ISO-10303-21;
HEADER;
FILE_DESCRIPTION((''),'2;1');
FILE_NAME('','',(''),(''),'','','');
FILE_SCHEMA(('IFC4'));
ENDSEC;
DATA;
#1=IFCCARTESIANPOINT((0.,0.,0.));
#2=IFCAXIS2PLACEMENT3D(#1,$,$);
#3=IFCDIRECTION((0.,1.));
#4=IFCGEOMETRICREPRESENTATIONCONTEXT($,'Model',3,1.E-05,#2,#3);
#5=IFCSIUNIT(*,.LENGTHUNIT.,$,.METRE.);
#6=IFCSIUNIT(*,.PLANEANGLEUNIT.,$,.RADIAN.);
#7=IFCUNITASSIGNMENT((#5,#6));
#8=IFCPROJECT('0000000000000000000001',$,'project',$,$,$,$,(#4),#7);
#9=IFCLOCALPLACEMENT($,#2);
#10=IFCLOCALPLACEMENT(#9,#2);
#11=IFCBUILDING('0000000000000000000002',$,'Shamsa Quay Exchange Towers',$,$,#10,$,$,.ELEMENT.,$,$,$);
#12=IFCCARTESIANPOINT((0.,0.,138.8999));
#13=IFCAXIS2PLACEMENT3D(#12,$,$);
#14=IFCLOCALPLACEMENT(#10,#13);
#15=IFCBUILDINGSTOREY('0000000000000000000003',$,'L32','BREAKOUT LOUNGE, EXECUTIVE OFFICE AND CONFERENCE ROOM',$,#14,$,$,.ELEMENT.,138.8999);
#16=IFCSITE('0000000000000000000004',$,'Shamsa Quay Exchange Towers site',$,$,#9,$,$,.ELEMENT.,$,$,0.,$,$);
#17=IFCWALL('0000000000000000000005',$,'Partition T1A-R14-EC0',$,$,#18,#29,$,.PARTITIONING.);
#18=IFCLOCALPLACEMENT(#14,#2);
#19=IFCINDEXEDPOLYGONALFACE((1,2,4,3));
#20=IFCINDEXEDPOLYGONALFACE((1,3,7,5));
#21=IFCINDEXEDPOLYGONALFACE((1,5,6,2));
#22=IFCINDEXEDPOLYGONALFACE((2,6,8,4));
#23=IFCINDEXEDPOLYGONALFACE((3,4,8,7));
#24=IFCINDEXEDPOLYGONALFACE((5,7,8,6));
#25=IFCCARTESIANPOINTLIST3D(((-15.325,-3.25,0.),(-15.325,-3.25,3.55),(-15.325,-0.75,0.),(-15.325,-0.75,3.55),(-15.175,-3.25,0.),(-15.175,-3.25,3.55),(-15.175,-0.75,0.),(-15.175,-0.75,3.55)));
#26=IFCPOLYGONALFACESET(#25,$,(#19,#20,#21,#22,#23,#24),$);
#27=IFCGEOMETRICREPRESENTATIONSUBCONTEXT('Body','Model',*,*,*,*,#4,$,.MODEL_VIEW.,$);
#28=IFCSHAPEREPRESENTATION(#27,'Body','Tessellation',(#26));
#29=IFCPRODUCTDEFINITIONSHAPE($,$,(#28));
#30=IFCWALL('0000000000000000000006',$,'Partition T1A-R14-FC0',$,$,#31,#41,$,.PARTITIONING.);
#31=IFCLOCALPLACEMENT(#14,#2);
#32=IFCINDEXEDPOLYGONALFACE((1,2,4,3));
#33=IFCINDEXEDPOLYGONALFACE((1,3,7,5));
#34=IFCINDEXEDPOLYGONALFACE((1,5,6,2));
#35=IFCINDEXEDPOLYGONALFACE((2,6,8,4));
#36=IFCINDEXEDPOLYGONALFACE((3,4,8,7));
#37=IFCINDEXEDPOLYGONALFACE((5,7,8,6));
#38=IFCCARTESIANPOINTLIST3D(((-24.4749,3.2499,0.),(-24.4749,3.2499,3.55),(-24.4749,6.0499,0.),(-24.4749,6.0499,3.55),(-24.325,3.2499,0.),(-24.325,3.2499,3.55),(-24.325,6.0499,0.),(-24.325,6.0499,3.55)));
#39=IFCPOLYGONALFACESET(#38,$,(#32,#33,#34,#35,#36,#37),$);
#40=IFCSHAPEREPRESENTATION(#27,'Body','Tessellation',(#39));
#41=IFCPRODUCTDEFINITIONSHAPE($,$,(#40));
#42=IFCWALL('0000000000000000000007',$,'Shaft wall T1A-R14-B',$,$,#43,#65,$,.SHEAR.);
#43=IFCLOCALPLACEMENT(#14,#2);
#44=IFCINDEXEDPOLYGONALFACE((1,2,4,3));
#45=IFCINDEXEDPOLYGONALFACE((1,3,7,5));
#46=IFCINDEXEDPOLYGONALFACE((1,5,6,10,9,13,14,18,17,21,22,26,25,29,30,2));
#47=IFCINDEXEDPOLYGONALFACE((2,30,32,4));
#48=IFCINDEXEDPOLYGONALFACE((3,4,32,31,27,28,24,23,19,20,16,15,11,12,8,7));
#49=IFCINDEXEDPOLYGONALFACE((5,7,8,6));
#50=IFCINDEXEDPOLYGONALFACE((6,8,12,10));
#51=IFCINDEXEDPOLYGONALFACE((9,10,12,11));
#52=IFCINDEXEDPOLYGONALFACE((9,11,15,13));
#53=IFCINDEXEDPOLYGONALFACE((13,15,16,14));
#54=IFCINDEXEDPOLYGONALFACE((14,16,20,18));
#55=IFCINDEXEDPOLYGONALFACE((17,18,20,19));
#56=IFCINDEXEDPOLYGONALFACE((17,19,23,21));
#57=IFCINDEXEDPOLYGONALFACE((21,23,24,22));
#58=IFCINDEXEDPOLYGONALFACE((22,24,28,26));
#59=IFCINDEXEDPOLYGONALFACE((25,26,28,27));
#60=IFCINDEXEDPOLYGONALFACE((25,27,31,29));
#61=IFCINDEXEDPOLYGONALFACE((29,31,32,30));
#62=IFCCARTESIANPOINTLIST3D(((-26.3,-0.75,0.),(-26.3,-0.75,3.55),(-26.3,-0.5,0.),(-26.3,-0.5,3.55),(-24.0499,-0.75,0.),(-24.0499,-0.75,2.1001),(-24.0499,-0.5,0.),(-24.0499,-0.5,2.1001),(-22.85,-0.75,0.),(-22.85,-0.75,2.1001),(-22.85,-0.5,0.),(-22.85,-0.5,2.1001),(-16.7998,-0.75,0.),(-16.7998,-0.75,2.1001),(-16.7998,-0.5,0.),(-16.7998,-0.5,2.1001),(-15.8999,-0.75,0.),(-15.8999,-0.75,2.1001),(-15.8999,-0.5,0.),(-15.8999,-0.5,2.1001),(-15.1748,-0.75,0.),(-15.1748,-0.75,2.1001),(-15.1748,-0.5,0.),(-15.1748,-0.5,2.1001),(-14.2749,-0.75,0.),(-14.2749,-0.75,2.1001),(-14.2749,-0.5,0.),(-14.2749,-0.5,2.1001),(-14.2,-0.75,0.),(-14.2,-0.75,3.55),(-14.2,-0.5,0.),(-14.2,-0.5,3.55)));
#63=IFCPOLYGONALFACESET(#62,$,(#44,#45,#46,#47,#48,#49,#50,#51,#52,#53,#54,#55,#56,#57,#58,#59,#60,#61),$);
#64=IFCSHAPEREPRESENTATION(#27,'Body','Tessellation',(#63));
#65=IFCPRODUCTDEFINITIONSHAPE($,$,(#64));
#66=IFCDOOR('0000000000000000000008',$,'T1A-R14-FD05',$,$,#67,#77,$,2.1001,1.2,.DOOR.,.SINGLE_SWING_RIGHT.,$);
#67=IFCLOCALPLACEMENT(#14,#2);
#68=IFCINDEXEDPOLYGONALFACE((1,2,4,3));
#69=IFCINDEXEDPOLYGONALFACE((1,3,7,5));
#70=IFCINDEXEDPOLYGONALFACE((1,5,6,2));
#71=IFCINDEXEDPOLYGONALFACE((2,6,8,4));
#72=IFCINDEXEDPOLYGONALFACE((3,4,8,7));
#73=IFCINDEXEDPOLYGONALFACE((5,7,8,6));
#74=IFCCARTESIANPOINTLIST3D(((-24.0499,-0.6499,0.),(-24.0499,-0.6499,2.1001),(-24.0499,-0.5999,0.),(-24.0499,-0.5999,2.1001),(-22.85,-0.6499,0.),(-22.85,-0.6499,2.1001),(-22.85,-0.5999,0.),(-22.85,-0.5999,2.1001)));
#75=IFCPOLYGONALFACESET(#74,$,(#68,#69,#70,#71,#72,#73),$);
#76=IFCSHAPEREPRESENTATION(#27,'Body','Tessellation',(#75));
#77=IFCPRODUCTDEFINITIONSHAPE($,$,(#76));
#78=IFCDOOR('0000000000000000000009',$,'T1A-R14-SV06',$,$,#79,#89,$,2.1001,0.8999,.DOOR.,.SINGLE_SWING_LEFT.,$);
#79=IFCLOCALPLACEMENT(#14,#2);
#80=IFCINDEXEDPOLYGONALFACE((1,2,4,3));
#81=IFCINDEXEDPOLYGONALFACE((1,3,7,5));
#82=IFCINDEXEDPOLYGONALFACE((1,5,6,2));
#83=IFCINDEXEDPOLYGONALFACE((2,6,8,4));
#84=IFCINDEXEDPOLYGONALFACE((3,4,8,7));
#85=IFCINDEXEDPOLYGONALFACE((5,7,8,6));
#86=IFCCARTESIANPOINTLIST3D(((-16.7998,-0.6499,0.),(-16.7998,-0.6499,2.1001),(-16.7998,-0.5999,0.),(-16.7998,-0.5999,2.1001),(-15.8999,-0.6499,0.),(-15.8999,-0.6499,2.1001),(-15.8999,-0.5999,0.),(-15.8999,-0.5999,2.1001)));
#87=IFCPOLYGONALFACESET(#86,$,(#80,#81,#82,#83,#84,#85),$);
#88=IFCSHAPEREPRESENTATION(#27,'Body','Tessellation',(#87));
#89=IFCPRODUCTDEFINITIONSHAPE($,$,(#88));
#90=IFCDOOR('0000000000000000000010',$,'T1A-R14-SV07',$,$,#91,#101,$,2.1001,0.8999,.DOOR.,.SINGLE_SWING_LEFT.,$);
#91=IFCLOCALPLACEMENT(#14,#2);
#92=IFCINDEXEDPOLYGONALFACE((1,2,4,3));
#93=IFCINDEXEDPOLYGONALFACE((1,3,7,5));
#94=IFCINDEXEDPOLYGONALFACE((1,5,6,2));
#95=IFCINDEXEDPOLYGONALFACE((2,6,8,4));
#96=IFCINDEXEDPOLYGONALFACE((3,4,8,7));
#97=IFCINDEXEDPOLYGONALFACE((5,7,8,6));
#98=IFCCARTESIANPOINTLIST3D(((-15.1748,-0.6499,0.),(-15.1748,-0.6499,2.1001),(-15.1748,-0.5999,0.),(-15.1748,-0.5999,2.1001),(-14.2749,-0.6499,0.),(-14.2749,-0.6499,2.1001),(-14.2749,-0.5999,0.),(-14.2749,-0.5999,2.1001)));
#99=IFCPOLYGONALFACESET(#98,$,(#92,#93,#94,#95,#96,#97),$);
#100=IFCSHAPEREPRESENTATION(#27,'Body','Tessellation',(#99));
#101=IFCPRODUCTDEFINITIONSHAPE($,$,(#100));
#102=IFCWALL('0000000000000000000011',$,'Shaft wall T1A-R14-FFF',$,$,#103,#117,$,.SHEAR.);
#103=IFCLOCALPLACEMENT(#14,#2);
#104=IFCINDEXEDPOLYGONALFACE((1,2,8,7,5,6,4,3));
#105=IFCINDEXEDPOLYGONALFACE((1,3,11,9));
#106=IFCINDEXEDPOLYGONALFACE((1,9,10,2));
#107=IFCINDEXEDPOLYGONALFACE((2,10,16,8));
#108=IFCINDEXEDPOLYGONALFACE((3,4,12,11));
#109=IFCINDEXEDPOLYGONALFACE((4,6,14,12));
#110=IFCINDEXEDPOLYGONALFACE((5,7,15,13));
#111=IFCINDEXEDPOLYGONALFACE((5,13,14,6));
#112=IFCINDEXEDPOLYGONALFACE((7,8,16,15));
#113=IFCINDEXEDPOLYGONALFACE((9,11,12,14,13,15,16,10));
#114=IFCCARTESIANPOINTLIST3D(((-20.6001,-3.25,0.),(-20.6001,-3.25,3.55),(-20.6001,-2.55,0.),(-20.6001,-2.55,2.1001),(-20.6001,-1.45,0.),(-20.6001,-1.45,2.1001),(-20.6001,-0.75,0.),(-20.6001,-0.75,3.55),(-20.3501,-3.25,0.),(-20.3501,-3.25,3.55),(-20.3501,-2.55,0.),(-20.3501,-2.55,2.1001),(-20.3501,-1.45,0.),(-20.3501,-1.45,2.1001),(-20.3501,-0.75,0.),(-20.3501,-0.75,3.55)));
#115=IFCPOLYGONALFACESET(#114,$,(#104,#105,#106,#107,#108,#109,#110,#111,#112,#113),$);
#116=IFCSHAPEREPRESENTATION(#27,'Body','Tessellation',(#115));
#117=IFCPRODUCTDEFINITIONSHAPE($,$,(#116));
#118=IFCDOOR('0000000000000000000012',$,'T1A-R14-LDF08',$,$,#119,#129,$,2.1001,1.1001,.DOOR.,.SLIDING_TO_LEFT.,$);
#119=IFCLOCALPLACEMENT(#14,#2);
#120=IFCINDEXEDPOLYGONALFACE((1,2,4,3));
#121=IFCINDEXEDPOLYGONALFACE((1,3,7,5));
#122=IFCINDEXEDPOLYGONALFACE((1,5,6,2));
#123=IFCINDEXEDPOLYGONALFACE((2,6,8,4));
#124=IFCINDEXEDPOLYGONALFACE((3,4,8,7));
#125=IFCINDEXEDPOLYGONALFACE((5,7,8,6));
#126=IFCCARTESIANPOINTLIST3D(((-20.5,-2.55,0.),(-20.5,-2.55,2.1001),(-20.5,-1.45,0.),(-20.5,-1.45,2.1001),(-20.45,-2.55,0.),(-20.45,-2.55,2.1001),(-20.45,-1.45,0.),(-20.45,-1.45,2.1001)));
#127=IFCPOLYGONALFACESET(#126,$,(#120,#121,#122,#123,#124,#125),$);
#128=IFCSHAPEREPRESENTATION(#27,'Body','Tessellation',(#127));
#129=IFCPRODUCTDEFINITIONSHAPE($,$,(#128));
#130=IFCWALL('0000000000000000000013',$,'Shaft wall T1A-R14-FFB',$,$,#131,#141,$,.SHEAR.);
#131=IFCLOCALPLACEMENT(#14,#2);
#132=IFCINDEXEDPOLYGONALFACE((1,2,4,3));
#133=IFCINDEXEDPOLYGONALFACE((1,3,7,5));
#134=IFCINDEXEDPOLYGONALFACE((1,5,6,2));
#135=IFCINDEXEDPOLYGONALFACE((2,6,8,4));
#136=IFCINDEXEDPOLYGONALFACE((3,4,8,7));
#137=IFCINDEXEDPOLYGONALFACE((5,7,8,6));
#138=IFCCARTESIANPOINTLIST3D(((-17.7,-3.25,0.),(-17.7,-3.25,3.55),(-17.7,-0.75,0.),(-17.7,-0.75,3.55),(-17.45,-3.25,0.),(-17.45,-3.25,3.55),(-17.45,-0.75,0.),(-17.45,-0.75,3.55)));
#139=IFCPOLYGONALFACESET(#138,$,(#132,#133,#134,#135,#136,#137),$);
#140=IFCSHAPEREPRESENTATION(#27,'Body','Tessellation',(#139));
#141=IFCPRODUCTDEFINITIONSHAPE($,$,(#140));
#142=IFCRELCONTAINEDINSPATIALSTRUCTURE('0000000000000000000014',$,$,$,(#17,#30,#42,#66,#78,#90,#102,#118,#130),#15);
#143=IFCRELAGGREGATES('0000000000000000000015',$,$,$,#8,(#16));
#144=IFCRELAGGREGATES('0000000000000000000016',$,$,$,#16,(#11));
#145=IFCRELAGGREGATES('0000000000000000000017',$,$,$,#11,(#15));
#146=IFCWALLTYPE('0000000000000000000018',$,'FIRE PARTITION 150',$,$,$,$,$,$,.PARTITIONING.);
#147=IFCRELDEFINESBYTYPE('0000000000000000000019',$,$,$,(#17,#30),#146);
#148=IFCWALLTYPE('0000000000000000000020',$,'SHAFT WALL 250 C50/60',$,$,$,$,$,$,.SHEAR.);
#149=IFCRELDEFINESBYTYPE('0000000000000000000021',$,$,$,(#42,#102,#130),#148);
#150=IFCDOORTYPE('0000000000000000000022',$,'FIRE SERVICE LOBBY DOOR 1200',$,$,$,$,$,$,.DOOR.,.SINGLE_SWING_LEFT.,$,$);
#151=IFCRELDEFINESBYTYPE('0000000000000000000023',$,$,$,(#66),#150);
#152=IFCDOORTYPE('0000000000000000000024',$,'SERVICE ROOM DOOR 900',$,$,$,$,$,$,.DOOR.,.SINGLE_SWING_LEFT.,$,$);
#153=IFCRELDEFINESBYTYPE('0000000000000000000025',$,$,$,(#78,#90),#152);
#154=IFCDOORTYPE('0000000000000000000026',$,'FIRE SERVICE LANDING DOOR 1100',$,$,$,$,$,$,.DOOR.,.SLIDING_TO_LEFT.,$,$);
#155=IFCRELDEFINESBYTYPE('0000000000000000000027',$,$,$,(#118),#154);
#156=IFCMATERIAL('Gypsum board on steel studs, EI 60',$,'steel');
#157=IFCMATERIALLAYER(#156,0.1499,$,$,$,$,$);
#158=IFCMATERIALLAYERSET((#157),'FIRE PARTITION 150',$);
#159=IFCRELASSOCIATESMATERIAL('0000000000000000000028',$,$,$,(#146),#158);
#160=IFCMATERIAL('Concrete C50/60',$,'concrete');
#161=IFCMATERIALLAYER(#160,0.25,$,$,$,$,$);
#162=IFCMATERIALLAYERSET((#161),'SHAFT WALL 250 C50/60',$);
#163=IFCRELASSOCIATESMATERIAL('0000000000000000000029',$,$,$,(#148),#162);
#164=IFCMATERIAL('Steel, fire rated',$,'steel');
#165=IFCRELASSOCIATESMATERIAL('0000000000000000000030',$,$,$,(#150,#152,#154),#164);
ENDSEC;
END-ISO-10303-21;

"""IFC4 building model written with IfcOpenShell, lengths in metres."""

from ifc_helpers import new_model, si_unit, direction, frame, frame_2d, origin, place, context, subcontext, project, spatial, rectangle, extrude, material, layer, layer_set, type_object, element, fill, save


model = new_model("IFC4")

# Units and contexts
model_context = context("Model", 3, precision=1e-05, world=origin(), true_north=direction((0.0, 1.0)))
body_context = subcontext(model_context, "Body", "Model", "MODEL_VIEW")
ifc_project = project(units=[si_unit("LENGTHUNIT", "METRE"), si_unit("PLANEANGLEUNIT", "RADIAN")], contexts=[model_context])

# Site, building, storey
site_placement = place(None, origin())
site = spatial("IfcSite", under=ifc_project, at=site_placement, Name="Shamsa Quay Exchange Towers site", CompositionType="ELEMENT", RefElevation=0.0)
building_placement = place(site_placement, origin())
building = spatial("IfcBuilding", under=site, at=building_placement, Name="Shamsa Quay Exchange Towers", CompositionType="ELEMENT")
storey_placement = place(building_placement, frame((0.0, 0.0, 138.8999)))
storey = spatial("IfcBuildingStorey", under=building, at=storey_placement, Name="L32", Description="BREAKOUT LOUNGE, EXECUTIVE OFFICE AND CONFERENCE ROOM", CompositionType="ELEMENT", Elevation=138.8999)

# Shared definitions
ifc_material_1 = material(Name="Steel, fire rated", Category="steel")

# Walls
ifc_material_2 = material(Name="Gypsum board on steel studs, EI 60", Category="steel")
ifc_layer_1 = layer(ifc_material_2, 0.1499)
ifc_layer_set_1 = layer_set([ifc_layer_1], Name="FIRE PARTITION 150")
wall_type_1 = type_object("IfcWallType", Name="FIRE PARTITION 150", PredefinedType="PARTITIONING", material=ifc_layer_set_1)
wall_1_placement = place(storey_placement, frame((-15.25, -3.25, 0.0), z_axis=(0.0, 0.0, 1.0), x_axis=(0.0, 1.0, 0.0)))
element("IfcWall", 1, at=wall_1_placement, inside=storey, type_object=wall_type_1, Name="Partition T1A-R14-EC0", PredefinedType="PARTITIONING", context=body_context, shape_type="SweptSolid", body=[
    extrude(rectangle(XDim=2.5, YDim=0.1499, at=frame_2d((1.25, 0.0))), origin(), (0.0, 0.0, 1.0), 3.55),
])
wall_2_placement = place(storey_placement, frame((-24.3999, 3.25, 0.0), z_axis=(0.0, 0.0, 1.0), x_axis=(0.0, 1.0, 0.0)))
element("IfcWall", 2, at=wall_2_placement, inside=storey, type_object=wall_type_1, Name="Partition T1A-R14-FC0", PredefinedType="PARTITIONING", context=body_context, shape_type="SweptSolid", body=[
    extrude(rectangle(XDim=2.8, YDim=0.1499, at=frame_2d((1.3999, 0.0))), origin(), (0.0, 0.0, 1.0), 3.55),
])

# Wall, openings, doors
ifc_material_3 = material(Name="Concrete C50/60", Category="concrete")
ifc_layer_2 = layer(ifc_material_3, 0.25)
ifc_layer_set_2 = layer_set([ifc_layer_2], Name="SHAFT WALL 250 C50/60")
wall_type_2 = type_object("IfcWallType", Name="SHAFT WALL 250 C50/60", PredefinedType="SHEAR", material=ifc_layer_set_2)
wall_3_placement = place(storey_placement, frame((-14.2, -0.625, 0.0), z_axis=(0.0, 0.0, 1.0), x_axis=(-1.0, 0.0, 0.0)))
wall_3 = element("IfcWall", 3, at=wall_3_placement, inside=storey, type_object=wall_type_2, Name="Shaft wall T1A-R14-B", PredefinedType="SHEAR", context=body_context, shape_type="SweptSolid", body=[
    extrude(rectangle(XDim=12.1001, YDim=0.25, at=frame_2d((6.05, 0.0))), origin(), (0.0, 0.0, 1.0), 3.55),
])
opening_1_placement = place(wall_3_placement, frame((8.6499, 0.0, 0.0)))
opening_1 = element("IfcOpeningElement", 4, at=opening_1_placement, cuts=wall_3, PredefinedType="OPENING", context=body_context, shape_type="SweptSolid", body=[
    extrude(rectangle(XDim=1.2, YDim=2.1001, at=frame_2d((0.6001, 1.05))), frame((0.0, 0.135, 0.0), z_axis=(0.0, -1.0, 0.0), x_axis=(1.0, 0.0, 0.0)), (0.0, 0.0, 1.0), 0.27),
])
opening_2_placement = place(wall_3_placement, frame((1.7, 0.0, 0.0)))
opening_2 = element("IfcOpeningElement", 5, at=opening_2_placement, cuts=wall_3, PredefinedType="OPENING", context=body_context, shape_type="SweptSolid", body=[
    extrude(rectangle(XDim=0.8999, YDim=2.1001, at=frame_2d((0.45, 1.05))), frame((0.0, 0.135, 0.0), z_axis=(0.0, -1.0, 0.0), x_axis=(1.0, 0.0, 0.0)), (0.0, 0.0, 1.0), 0.27),
])
opening_3_placement = place(wall_3_placement, frame((0.075, 0.0, 0.0)))
opening_3 = element("IfcOpeningElement", 6, at=opening_3_placement, cuts=wall_3, PredefinedType="OPENING", context=body_context, shape_type="SweptSolid", body=[
    extrude(rectangle(XDim=0.8999, YDim=2.1001, at=frame_2d((0.45, 1.05))), frame((0.0, 0.135, 0.0), z_axis=(0.0, -1.0, 0.0), x_axis=(1.0, 0.0, 0.0)), (0.0, 0.0, 1.0), 0.27),
])
door_type_1 = type_object("IfcDoorType", Name="FIRE SERVICE LOBBY DOOR 1200", OperationType="SINGLE_SWING_LEFT", PredefinedType="DOOR", material=ifc_material_1)
door_1_placement = place(opening_1_placement, origin())
door_1 = element("IfcDoor", 7, at=door_1_placement, inside=storey, type_object=door_type_1, Name="T1A-R14-FD05", OperationType="SINGLE_SWING_RIGHT", OverallHeight=2.1001, OverallWidth=1.2, PredefinedType="DOOR", context=body_context, shape_type="SweptSolid", body=[
    extrude(rectangle(XDim=1.2, YDim=2.1001, at=frame_2d((0.6001, 1.05))), frame((0.0, 0.0249, 0.0), z_axis=(0.0, -1.0, 0.0), x_axis=(1.0, 0.0, 0.0)), (0.0, 0.0, 1.0), 0.05),
])
fill(opening_1, door_1)
door_type_2 = type_object("IfcDoorType", Name="SERVICE ROOM DOOR 900", OperationType="SINGLE_SWING_LEFT", PredefinedType="DOOR", material=ifc_material_1)
door_2_placement = place(opening_2_placement, origin())
door_2 = element("IfcDoor", 8, at=door_2_placement, inside=storey, type_object=door_type_2, Name="T1A-R14-SV06", OperationType="SINGLE_SWING_LEFT", OverallHeight=2.1001, OverallWidth=0.8999, PredefinedType="DOOR", context=body_context, shape_type="SweptSolid", body=[
    extrude(rectangle(XDim=0.8999, YDim=2.1001, at=frame_2d((0.45, 1.05))), frame((0.0, 0.0249, 0.0), z_axis=(0.0, -1.0, 0.0), x_axis=(1.0, 0.0, 0.0)), (0.0, 0.0, 1.0), 0.05),
])
fill(opening_2, door_2)
door_3_placement = place(opening_3_placement, origin())
door_3 = element("IfcDoor", 9, at=door_3_placement, inside=storey, type_object=door_type_2, Name="T1A-R14-SV07", OperationType="SINGLE_SWING_LEFT", OverallHeight=2.1001, OverallWidth=0.8999, PredefinedType="DOOR", context=body_context, shape_type="SweptSolid", body=[
    extrude(rectangle(XDim=0.8999, YDim=2.1001, at=frame_2d((0.45, 1.05))), frame((0.0, 0.0249, 0.0), z_axis=(0.0, -1.0, 0.0), x_axis=(1.0, 0.0, 0.0)), (0.0, 0.0, 1.0), 0.05),
])
fill(opening_3, door_3)

# Wall, opening, door
wall_4_placement = place(storey_placement, frame((-20.4751, -3.25, 0.0), z_axis=(0.0, 0.0, 1.0), x_axis=(0.0, 1.0, 0.0)))
wall_4 = element("IfcWall", 10, at=wall_4_placement, inside=storey, type_object=wall_type_2, Name="Shaft wall T1A-R14-FFF", PredefinedType="SHEAR", context=body_context, shape_type="SweptSolid", body=[
    extrude(rectangle(XDim=2.5, YDim=0.25, at=frame_2d((1.25, 0.0))), origin(), (0.0, 0.0, 1.0), 3.55),
])
opening_4_placement = place(wall_4_placement, frame((0.7, 0.0, 0.0)))
opening_4 = element("IfcOpeningElement", 11, at=opening_4_placement, cuts=wall_4, PredefinedType="OPENING", context=body_context, shape_type="SweptSolid", body=[
    extrude(rectangle(XDim=1.1001, YDim=2.1001, at=frame_2d((0.55, 1.05))), frame((0.0, 0.135, 0.0), z_axis=(0.0, -1.0, 0.0), x_axis=(1.0, 0.0, 0.0)), (0.0, 0.0, 1.0), 0.27),
])
door_type_3 = type_object("IfcDoorType", Name="FIRE SERVICE LANDING DOOR 1100", OperationType="SLIDING_TO_LEFT", PredefinedType="DOOR", material=ifc_material_1)
door_4_placement = place(opening_4_placement, origin())
door_4 = element("IfcDoor", 12, at=door_4_placement, inside=storey, type_object=door_type_3, Name="T1A-R14-LDF08", OperationType="SLIDING_TO_LEFT", OverallHeight=2.1001, OverallWidth=1.1001, PredefinedType="DOOR", context=body_context, shape_type="SweptSolid", body=[
    extrude(rectangle(XDim=1.1001, YDim=2.1001, at=frame_2d((0.55, 1.05))), frame((0.0, 0.0249, 0.0), z_axis=(0.0, -1.0, 0.0), x_axis=(1.0, 0.0, 0.0)), (0.0, 0.0, 1.0), 0.05),
])
fill(opening_4, door_4)

# Wall
wall_5_placement = place(storey_placement, frame((-17.575, -3.25, 0.0), z_axis=(0.0, 0.0, 1.0), x_axis=(0.0, 1.0, 0.0)))
element("IfcWall", 13, at=wall_5_placement, inside=storey, type_object=wall_type_2, Name="Shaft wall T1A-R14-FFB", PredefinedType="SHEAR", context=body_context, shape_type="SweptSolid", body=[
    extrude(rectangle(XDim=2.5, YDim=0.25, at=frame_2d((1.25, 0.0))), origin(), (0.0, 0.0, 1.0), 3.55),
])

save(model, "model.ifc")
